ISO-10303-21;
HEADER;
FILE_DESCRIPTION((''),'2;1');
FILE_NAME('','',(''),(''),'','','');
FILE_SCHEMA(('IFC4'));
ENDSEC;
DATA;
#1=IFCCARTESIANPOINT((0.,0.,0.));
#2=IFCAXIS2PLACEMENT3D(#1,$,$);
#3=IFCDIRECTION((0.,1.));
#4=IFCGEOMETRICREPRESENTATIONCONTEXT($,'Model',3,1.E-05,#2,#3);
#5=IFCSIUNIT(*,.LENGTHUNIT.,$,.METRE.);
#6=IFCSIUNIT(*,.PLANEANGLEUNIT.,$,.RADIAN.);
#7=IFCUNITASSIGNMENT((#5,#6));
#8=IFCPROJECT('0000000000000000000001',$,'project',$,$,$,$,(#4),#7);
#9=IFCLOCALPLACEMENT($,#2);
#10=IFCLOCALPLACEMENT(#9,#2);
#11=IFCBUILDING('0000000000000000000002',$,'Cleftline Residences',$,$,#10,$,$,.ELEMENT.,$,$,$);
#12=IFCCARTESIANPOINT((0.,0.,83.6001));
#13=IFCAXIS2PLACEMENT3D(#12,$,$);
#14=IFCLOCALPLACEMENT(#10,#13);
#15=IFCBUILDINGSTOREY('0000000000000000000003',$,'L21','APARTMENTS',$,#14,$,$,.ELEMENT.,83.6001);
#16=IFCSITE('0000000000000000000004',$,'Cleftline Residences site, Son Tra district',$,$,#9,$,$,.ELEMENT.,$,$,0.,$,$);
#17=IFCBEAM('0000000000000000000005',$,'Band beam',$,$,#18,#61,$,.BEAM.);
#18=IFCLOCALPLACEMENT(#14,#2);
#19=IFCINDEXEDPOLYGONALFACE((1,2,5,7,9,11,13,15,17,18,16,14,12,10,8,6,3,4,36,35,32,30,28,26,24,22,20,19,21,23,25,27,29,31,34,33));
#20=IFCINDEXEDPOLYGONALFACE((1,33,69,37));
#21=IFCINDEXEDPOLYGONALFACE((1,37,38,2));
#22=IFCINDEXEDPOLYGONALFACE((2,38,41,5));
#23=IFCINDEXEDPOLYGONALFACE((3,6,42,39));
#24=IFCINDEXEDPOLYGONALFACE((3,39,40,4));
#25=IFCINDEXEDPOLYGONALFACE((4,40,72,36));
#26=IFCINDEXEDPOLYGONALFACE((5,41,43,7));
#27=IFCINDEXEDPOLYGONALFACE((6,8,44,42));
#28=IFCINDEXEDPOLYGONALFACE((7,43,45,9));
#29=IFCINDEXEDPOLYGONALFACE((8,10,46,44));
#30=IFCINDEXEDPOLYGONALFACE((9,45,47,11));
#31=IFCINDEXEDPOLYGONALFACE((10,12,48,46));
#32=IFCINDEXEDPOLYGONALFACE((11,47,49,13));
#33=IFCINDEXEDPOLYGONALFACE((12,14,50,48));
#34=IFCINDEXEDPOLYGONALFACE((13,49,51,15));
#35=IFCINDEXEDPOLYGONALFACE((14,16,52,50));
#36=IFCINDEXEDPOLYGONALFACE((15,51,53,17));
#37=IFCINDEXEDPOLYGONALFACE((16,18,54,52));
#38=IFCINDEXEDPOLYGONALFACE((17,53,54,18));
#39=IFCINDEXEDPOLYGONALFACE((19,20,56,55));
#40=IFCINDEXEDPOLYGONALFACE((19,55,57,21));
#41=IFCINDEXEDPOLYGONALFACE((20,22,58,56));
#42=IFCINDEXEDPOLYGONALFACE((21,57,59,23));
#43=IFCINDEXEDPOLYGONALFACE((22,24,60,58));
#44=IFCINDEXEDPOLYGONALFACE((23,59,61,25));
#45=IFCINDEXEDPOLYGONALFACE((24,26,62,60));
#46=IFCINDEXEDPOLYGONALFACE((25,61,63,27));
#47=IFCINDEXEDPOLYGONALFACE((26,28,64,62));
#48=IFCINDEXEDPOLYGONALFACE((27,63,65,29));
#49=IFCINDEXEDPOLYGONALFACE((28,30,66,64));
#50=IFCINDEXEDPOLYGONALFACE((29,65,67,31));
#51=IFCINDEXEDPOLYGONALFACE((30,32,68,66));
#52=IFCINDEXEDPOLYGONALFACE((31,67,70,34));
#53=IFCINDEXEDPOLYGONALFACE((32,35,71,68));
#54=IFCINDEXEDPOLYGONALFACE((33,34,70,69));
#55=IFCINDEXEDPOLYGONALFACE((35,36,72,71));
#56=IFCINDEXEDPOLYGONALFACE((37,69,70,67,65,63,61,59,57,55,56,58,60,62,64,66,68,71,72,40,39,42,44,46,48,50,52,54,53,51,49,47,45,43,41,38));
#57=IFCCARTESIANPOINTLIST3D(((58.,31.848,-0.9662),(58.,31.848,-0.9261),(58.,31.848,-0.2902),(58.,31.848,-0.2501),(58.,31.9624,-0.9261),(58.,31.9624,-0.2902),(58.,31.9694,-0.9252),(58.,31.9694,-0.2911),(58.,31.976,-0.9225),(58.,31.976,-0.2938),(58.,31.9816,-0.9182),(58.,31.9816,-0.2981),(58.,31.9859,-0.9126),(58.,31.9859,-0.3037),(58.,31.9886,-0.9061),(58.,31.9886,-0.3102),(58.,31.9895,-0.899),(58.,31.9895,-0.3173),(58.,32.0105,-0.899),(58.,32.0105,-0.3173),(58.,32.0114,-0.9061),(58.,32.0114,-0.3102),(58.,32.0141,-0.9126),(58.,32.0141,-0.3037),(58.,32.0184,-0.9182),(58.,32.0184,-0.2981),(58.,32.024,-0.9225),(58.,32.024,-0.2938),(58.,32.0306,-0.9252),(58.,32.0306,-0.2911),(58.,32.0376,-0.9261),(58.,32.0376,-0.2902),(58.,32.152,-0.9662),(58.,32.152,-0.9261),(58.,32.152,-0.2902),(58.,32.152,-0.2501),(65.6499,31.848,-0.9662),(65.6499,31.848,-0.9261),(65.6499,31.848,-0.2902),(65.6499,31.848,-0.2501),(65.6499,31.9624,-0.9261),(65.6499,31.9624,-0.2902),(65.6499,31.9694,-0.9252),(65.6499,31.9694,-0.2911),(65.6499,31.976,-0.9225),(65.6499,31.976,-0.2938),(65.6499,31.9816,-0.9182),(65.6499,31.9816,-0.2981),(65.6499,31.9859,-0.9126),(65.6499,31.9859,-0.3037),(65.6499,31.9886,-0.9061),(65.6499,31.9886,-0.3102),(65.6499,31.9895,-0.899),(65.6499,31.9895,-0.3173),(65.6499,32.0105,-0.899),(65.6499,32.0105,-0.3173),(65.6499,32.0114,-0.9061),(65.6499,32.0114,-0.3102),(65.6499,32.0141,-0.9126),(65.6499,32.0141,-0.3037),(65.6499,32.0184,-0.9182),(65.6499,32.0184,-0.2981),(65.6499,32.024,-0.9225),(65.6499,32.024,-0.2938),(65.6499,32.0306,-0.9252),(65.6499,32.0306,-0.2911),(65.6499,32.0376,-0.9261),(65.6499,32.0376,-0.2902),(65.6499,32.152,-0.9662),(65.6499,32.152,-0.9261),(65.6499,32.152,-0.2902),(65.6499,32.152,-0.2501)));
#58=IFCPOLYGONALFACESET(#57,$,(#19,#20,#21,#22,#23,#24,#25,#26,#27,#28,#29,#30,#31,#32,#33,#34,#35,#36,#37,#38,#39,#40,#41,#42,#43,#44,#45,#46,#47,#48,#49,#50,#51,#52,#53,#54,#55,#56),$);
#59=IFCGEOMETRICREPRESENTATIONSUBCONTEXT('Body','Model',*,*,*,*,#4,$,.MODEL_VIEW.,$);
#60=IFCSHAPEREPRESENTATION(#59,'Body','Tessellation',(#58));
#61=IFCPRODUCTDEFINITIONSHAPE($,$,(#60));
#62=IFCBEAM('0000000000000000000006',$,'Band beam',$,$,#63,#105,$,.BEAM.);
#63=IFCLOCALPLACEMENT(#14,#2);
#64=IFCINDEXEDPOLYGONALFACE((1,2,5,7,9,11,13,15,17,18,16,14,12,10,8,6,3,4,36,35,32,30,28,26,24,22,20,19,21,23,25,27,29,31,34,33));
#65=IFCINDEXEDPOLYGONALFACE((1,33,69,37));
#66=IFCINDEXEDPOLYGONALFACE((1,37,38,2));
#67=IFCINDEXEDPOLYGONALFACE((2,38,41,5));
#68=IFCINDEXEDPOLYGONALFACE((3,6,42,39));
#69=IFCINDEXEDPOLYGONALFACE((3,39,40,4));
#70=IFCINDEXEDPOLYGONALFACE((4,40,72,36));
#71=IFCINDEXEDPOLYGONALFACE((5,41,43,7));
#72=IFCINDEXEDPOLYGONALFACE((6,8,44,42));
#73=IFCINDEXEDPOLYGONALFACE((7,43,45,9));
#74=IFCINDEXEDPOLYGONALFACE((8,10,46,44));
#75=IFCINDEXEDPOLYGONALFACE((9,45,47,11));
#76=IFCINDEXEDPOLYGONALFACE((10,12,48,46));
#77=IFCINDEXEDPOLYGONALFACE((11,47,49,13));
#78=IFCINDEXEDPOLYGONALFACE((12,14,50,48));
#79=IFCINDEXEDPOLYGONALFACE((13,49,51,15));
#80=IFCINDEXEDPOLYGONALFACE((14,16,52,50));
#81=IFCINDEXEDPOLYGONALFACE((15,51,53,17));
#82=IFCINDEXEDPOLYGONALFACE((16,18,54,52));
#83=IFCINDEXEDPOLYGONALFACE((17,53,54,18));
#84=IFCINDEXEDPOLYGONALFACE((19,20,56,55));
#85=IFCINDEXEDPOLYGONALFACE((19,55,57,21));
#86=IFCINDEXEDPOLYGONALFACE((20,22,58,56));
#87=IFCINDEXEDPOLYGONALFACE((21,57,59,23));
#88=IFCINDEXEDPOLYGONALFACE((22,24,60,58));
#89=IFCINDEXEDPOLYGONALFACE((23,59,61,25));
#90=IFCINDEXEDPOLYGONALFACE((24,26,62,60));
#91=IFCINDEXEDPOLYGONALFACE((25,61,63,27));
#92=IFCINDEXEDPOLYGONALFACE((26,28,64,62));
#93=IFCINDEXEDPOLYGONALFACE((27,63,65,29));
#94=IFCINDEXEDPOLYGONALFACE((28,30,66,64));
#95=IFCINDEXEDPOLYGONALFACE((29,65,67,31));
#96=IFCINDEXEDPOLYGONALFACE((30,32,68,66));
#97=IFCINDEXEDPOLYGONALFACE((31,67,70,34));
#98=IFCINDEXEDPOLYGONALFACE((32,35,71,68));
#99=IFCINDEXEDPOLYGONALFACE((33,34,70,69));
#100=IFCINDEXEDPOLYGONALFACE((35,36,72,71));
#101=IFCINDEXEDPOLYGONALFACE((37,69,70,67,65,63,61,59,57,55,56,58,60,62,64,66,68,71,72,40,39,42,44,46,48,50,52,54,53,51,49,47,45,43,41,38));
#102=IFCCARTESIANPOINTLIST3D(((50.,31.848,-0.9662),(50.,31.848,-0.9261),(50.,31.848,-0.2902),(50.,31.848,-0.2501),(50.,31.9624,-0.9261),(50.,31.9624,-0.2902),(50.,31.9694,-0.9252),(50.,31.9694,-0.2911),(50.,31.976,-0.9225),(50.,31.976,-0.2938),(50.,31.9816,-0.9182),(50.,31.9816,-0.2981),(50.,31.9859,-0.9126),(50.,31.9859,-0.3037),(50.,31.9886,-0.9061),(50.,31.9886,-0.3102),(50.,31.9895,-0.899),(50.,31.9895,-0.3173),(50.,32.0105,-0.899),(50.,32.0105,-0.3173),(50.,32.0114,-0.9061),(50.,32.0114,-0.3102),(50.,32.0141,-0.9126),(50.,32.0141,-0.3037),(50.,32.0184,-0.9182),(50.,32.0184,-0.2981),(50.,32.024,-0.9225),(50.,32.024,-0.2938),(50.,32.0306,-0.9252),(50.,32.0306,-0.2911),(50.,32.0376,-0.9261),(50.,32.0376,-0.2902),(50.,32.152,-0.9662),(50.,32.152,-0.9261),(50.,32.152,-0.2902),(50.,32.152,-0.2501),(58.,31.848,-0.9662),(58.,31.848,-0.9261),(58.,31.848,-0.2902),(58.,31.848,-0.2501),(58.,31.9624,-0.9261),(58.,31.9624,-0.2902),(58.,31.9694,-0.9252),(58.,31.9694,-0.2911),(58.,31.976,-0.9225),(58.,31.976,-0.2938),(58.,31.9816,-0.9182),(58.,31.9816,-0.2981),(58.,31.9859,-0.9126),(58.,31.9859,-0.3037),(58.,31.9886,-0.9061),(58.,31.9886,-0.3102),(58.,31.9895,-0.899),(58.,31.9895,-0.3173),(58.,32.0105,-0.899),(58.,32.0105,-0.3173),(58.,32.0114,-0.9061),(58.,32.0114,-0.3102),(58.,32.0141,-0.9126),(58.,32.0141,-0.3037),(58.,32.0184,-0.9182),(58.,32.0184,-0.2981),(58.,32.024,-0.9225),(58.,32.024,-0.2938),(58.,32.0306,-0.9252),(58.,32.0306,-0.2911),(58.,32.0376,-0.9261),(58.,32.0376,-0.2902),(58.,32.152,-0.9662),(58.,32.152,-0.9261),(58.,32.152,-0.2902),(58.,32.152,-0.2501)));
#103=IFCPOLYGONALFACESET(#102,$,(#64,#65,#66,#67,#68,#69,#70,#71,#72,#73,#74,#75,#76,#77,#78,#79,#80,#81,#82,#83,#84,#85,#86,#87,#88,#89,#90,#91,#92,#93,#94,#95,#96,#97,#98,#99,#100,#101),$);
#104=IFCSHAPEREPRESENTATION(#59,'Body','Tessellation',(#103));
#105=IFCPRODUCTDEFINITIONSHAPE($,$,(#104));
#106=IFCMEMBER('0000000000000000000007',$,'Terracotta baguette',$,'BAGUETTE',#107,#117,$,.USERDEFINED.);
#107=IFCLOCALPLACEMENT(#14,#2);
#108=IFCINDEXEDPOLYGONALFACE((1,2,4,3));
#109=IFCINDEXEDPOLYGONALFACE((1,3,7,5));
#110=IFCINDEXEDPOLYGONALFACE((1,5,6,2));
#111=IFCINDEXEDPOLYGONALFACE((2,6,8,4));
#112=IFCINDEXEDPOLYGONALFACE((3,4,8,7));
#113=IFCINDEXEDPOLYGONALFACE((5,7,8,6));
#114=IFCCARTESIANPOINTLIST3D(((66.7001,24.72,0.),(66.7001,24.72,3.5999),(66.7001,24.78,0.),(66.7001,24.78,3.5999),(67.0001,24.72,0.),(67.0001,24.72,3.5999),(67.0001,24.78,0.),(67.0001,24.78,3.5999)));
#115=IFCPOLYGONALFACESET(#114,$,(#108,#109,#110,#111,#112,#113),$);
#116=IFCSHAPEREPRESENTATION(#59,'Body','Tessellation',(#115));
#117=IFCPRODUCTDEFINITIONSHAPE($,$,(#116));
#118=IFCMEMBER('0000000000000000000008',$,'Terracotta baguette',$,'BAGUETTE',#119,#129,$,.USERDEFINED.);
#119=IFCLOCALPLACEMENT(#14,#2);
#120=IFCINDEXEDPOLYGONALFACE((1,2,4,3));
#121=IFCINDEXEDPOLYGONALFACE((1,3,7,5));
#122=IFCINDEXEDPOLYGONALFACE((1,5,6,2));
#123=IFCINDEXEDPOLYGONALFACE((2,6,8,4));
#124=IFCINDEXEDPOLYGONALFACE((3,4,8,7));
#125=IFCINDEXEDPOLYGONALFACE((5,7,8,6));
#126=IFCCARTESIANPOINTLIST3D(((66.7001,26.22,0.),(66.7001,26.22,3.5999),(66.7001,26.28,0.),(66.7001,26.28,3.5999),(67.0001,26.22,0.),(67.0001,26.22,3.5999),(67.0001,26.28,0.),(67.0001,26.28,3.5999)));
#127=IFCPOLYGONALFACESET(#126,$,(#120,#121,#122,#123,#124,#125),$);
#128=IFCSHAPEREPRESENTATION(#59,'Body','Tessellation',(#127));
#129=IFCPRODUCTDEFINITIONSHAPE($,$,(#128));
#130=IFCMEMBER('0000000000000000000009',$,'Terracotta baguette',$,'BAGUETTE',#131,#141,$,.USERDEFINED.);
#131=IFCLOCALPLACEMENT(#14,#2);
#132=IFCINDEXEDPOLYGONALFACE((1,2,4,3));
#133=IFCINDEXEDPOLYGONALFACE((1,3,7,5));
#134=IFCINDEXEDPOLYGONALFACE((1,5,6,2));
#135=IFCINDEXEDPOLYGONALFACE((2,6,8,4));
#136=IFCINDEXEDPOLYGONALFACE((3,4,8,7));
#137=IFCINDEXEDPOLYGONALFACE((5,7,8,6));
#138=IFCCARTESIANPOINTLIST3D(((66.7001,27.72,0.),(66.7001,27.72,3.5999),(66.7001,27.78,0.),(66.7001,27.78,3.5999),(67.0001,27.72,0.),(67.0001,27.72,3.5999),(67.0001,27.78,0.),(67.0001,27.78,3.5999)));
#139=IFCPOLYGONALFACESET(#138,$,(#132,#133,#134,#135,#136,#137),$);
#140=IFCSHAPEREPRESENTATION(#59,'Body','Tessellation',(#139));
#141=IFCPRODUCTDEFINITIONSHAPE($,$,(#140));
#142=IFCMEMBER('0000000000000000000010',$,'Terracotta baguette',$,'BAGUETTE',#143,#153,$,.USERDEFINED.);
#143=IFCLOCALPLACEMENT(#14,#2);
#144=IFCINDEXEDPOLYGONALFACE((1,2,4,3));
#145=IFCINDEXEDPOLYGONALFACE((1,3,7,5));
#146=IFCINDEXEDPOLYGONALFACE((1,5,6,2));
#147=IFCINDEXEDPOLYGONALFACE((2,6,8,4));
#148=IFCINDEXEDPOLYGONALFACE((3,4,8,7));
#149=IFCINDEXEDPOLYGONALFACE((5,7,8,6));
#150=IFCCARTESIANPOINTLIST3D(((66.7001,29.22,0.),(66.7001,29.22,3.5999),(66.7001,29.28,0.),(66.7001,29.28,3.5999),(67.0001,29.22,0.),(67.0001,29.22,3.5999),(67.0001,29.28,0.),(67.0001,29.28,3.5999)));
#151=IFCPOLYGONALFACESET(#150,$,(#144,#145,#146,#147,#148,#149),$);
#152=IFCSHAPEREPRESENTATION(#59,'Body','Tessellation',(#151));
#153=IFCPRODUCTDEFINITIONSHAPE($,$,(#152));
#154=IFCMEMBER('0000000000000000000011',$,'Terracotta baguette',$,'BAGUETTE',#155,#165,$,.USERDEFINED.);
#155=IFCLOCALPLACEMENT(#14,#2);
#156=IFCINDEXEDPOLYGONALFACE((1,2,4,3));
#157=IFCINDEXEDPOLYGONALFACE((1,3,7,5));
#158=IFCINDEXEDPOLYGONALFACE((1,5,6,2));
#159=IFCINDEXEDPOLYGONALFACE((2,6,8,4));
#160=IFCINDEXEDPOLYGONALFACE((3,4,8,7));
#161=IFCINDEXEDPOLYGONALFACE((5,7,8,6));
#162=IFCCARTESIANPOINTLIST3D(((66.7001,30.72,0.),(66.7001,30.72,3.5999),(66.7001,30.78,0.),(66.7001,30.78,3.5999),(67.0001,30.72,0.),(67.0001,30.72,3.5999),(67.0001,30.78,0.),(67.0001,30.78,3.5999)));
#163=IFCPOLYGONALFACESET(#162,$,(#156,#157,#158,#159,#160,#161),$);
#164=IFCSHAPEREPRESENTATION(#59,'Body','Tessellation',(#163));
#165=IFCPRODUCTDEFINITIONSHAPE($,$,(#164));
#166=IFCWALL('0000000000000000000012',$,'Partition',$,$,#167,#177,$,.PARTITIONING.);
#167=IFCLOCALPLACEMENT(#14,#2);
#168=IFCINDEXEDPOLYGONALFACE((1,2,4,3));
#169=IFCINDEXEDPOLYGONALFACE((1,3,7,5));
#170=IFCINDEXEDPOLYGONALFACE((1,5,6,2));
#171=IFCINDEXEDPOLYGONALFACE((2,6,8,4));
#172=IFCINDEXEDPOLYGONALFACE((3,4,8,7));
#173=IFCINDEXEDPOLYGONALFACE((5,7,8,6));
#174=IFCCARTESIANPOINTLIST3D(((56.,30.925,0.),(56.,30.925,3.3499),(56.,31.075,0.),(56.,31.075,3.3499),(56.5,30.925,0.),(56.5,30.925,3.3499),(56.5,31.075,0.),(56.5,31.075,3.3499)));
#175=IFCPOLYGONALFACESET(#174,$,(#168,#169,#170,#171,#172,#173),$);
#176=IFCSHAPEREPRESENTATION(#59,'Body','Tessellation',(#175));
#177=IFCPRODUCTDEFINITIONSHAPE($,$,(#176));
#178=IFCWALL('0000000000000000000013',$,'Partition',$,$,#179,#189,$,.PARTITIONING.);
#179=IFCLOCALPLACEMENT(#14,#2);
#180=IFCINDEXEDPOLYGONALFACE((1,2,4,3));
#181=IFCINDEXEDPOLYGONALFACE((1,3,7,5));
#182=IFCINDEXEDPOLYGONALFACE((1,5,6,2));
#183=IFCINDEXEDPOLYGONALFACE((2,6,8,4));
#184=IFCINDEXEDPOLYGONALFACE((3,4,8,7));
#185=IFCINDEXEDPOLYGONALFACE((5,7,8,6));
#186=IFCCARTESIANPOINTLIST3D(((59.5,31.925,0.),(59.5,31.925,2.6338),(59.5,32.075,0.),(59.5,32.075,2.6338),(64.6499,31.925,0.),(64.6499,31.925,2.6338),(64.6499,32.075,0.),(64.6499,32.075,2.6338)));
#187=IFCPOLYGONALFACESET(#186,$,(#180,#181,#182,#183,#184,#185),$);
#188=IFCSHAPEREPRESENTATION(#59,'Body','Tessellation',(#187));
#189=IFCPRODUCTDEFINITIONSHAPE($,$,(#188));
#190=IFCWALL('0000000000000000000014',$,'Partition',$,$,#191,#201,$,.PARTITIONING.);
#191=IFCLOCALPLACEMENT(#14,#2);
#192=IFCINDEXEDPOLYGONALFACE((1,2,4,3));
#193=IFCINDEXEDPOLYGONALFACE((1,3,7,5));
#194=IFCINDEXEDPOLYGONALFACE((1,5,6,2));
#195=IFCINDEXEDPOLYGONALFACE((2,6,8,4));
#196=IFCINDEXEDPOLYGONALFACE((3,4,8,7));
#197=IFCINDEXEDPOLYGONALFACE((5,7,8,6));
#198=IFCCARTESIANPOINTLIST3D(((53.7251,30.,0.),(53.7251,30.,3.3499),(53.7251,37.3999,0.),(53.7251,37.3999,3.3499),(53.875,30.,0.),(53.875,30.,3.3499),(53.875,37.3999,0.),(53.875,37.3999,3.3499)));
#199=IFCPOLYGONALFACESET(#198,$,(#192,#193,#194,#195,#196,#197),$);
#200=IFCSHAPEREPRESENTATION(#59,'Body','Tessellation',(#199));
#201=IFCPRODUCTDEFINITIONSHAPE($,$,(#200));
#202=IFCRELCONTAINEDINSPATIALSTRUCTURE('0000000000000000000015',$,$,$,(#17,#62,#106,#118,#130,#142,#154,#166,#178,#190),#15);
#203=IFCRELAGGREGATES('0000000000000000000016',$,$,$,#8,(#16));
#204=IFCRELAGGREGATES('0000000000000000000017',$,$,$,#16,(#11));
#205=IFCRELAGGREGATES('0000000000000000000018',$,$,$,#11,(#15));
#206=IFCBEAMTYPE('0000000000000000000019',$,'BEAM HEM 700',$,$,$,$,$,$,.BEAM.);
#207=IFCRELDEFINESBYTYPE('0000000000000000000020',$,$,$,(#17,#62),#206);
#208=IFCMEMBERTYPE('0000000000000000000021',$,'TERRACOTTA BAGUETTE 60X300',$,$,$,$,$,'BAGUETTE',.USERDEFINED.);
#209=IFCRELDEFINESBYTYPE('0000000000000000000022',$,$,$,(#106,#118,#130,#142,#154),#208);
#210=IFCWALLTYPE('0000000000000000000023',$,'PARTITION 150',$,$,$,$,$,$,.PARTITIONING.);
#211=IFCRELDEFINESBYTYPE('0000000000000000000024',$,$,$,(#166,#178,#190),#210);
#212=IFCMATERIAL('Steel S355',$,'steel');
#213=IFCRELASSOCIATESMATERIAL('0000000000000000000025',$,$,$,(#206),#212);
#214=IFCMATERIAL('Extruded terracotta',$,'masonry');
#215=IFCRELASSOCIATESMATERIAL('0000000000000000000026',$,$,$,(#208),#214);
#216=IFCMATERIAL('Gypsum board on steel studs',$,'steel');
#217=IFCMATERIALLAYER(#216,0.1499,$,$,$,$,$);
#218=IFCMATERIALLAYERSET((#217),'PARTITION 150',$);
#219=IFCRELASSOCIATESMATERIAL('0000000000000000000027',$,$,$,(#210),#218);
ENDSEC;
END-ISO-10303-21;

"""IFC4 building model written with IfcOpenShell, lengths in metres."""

from ifc_helpers import new_model, si_unit, direction, frame, frame_2d, origin, origin_2d, place, context, subcontext, project, spatial, rectangle, i_section, extrude, material, layer, layer_set, material_profile, profile_set, type_object, element, save


model = new_model("IFC4")

# Units and contexts
model_context = context("Model", 3, precision=1e-05, world=origin(), true_north=direction((0.0, 1.0)))
body_context = subcontext(model_context, "Body", "Model", "MODEL_VIEW")
ifc_project = project(units=[si_unit("LENGTHUNIT", "METRE"), si_unit("PLANEANGLEUNIT", "RADIAN")], contexts=[model_context])

# Site, building, storey
site_placement = place(None, origin())
site = spatial("IfcSite", under=ifc_project, at=site_placement, Name="Cleftline Residences site, Son Tra district", CompositionType="ELEMENT", RefElevation=0.0)
building_placement = place(site_placement, origin())
building = spatial("IfcBuilding", under=site, at=building_placement, Name="Cleftline Residences", CompositionType="ELEMENT")
storey_placement = place(building_placement, frame((0.0, 0.0, 83.6001)))
storey = spatial("IfcBuildingStorey", under=building, at=storey_placement, Name="L21", Description="APARTMENTS", CompositionType="ELEMENT", Elevation=83.6001)

# Beams
ifc_material_1 = material(Name="Steel S355", Category="steel")
ifc_material_profile_1 = material_profile(ifc_material_1, i_section(OverallWidth=0.304, OverallDepth=0.7161, WebThickness=0.021, FlangeThickness=0.04, FilletRadius=0.0271, at=origin_2d()))
ifc_profile_set_1 = profile_set([ifc_material_profile_1], Name="Steel S355")
beam_type_1 = type_object("IfcBeamType", Name="BEAM HEM 700", PredefinedType="BEAM", material=ifc_profile_set_1)
beam_1_placement = place(storey_placement, frame((65.6499, 32.0, -0.6082), z_axis=(-1.0, 0.0, 0.0), x_axis=(0.0, -1.0, 0.0)))
element("IfcBeam", 1, at=beam_1_placement, inside=storey, type_object=beam_type_1, Name="Band beam", PredefinedType="BEAM", context=body_context, shape_type="SweptSolid", body=[
    extrude(i_section(OverallWidth=0.304, OverallDepth=0.7161, WebThickness=0.021, FlangeThickness=0.04, FilletRadius=0.0271, at=origin_2d()), origin(), (0.0, 0.0, 1.0), 7.6499),
])
beam_2_placement = place(storey_placement, frame((58.0, 32.0, -0.6082), z_axis=(-1.0, 0.0, 0.0), x_axis=(0.0, -1.0, 0.0)))
element("IfcBeam", 2, at=beam_2_placement, inside=storey, type_object=beam_type_1, Name="Band beam", PredefinedType="BEAM", context=body_context, shape_type="SweptSolid", body=[
    extrude(i_section(OverallWidth=0.304, OverallDepth=0.7161, WebThickness=0.021, FlangeThickness=0.04, FilletRadius=0.0271, at=origin_2d()), origin(), (0.0, 0.0, 1.0), 8.0),
])

# Members
ifc_material_2 = material(Name="Extruded terracotta", Category="masonry")
ifc_material_profile_2 = material_profile(ifc_material_2, rectangle(XDim=0.0601, YDim=0.3, at=origin_2d()))
ifc_profile_set_2 = profile_set([ifc_material_profile_2], Name="Extruded terracotta")
member_type_1 = type_object("IfcMemberType", Name="TERRACOTTA BAGUETTE 60X300", ElementType="BAGUETTE", PredefinedType="USERDEFINED", material=ifc_profile_set_2)
for number, where, z_axis, x_axis, name in (
    (3, (66.8501, 24.75, 0.0), (0.0, 0.0, 1.0), (0.0, 1.0, 0.0), "Terracotta baguette"),
    (4, (66.8501, 26.25, 0.0), (0.0, 0.0, 1.0), (0.0, 1.0, 0.0), "Terracotta baguette"),
    (5, (66.8501, 27.75, 0.0), (0.0, 0.0, 1.0), (0.0, 1.0, 0.0), "Terracotta baguette"),
    (6, (66.8501, 29.25, 0.0), (0.0, 0.0, 1.0), (0.0, 1.0, 0.0), "Terracotta baguette"),
    (7, (66.8501, 30.75, 0.0), (0.0, 0.0, 1.0), (0.0, 1.0, 0.0), "Terracotta baguette"),
):
    element("IfcMember", number, at=place(storey_placement, frame(where, z_axis=z_axis, x_axis=x_axis)), inside=storey, type_object=member_type_1, Name=name, ObjectType="BAGUETTE", PredefinedType="USERDEFINED", context=body_context, shape_type="SweptSolid", body=[
        extrude(rectangle(XDim=0.0601, YDim=0.3, at=origin_2d()), origin(), (0.0, 0.0, 1.0), 3.5999),
    ])

# Walls
ifc_material_3 = material(Name="Gypsum board on steel studs", Category="steel")
ifc_layer_1 = layer(ifc_material_3, 0.1499)
ifc_layer_set_1 = layer_set([ifc_layer_1], Name="PARTITION 150")
wall_type_1 = type_object("IfcWallType", Name="PARTITION 150", PredefinedType="PARTITIONING", material=ifc_layer_set_1)
wall_1_placement = place(storey_placement, frame((56.0, 31.0, 0.0), z_axis=(0.0, 0.0, 1.0), x_axis=(1.0, 0.0, 0.0)))
element("IfcWall", 8, at=wall_1_placement, inside=storey, type_object=wall_type_1, Name="Partition", PredefinedType="PARTITIONING", context=body_context, shape_type="SweptSolid", body=[
    extrude(rectangle(XDim=0.5, YDim=0.1499, at=frame_2d((0.25, 0.0))), origin(), (0.0, 0.0, 1.0), 3.3499),
])
wall_2_placement = place(storey_placement, frame((59.5, 32.0, 0.0), z_axis=(0.0, 0.0, 1.0), x_axis=(1.0, 0.0, 0.0)))
element("IfcWall", 9, at=wall_2_placement, inside=storey, type_object=wall_type_1, Name="Partition", PredefinedType="PARTITIONING", context=body_context, shape_type="SweptSolid", body=[
    extrude(rectangle(XDim=5.1499, YDim=0.1499, at=frame_2d((2.575, 0.0))), origin(), (0.0, 0.0, 1.0), 2.6338),
])
wall_3_placement = place(storey_placement, frame((53.8, 30.0, 0.0), z_axis=(0.0, 0.0, 1.0), x_axis=(0.0, 1.0, 0.0)))
element("IfcWall", 10, at=wall_3_placement, inside=storey, type_object=wall_type_1, Name="Partition", PredefinedType="PARTITIONING", context=body_context, shape_type="SweptSolid", body=[
    extrude(rectangle(XDim=7.3999, YDim=0.1499, at=frame_2d((3.7, 0.0))), origin(), (0.0, 0.0, 1.0), 3.3499),
])

save(model, "model.ifc")
